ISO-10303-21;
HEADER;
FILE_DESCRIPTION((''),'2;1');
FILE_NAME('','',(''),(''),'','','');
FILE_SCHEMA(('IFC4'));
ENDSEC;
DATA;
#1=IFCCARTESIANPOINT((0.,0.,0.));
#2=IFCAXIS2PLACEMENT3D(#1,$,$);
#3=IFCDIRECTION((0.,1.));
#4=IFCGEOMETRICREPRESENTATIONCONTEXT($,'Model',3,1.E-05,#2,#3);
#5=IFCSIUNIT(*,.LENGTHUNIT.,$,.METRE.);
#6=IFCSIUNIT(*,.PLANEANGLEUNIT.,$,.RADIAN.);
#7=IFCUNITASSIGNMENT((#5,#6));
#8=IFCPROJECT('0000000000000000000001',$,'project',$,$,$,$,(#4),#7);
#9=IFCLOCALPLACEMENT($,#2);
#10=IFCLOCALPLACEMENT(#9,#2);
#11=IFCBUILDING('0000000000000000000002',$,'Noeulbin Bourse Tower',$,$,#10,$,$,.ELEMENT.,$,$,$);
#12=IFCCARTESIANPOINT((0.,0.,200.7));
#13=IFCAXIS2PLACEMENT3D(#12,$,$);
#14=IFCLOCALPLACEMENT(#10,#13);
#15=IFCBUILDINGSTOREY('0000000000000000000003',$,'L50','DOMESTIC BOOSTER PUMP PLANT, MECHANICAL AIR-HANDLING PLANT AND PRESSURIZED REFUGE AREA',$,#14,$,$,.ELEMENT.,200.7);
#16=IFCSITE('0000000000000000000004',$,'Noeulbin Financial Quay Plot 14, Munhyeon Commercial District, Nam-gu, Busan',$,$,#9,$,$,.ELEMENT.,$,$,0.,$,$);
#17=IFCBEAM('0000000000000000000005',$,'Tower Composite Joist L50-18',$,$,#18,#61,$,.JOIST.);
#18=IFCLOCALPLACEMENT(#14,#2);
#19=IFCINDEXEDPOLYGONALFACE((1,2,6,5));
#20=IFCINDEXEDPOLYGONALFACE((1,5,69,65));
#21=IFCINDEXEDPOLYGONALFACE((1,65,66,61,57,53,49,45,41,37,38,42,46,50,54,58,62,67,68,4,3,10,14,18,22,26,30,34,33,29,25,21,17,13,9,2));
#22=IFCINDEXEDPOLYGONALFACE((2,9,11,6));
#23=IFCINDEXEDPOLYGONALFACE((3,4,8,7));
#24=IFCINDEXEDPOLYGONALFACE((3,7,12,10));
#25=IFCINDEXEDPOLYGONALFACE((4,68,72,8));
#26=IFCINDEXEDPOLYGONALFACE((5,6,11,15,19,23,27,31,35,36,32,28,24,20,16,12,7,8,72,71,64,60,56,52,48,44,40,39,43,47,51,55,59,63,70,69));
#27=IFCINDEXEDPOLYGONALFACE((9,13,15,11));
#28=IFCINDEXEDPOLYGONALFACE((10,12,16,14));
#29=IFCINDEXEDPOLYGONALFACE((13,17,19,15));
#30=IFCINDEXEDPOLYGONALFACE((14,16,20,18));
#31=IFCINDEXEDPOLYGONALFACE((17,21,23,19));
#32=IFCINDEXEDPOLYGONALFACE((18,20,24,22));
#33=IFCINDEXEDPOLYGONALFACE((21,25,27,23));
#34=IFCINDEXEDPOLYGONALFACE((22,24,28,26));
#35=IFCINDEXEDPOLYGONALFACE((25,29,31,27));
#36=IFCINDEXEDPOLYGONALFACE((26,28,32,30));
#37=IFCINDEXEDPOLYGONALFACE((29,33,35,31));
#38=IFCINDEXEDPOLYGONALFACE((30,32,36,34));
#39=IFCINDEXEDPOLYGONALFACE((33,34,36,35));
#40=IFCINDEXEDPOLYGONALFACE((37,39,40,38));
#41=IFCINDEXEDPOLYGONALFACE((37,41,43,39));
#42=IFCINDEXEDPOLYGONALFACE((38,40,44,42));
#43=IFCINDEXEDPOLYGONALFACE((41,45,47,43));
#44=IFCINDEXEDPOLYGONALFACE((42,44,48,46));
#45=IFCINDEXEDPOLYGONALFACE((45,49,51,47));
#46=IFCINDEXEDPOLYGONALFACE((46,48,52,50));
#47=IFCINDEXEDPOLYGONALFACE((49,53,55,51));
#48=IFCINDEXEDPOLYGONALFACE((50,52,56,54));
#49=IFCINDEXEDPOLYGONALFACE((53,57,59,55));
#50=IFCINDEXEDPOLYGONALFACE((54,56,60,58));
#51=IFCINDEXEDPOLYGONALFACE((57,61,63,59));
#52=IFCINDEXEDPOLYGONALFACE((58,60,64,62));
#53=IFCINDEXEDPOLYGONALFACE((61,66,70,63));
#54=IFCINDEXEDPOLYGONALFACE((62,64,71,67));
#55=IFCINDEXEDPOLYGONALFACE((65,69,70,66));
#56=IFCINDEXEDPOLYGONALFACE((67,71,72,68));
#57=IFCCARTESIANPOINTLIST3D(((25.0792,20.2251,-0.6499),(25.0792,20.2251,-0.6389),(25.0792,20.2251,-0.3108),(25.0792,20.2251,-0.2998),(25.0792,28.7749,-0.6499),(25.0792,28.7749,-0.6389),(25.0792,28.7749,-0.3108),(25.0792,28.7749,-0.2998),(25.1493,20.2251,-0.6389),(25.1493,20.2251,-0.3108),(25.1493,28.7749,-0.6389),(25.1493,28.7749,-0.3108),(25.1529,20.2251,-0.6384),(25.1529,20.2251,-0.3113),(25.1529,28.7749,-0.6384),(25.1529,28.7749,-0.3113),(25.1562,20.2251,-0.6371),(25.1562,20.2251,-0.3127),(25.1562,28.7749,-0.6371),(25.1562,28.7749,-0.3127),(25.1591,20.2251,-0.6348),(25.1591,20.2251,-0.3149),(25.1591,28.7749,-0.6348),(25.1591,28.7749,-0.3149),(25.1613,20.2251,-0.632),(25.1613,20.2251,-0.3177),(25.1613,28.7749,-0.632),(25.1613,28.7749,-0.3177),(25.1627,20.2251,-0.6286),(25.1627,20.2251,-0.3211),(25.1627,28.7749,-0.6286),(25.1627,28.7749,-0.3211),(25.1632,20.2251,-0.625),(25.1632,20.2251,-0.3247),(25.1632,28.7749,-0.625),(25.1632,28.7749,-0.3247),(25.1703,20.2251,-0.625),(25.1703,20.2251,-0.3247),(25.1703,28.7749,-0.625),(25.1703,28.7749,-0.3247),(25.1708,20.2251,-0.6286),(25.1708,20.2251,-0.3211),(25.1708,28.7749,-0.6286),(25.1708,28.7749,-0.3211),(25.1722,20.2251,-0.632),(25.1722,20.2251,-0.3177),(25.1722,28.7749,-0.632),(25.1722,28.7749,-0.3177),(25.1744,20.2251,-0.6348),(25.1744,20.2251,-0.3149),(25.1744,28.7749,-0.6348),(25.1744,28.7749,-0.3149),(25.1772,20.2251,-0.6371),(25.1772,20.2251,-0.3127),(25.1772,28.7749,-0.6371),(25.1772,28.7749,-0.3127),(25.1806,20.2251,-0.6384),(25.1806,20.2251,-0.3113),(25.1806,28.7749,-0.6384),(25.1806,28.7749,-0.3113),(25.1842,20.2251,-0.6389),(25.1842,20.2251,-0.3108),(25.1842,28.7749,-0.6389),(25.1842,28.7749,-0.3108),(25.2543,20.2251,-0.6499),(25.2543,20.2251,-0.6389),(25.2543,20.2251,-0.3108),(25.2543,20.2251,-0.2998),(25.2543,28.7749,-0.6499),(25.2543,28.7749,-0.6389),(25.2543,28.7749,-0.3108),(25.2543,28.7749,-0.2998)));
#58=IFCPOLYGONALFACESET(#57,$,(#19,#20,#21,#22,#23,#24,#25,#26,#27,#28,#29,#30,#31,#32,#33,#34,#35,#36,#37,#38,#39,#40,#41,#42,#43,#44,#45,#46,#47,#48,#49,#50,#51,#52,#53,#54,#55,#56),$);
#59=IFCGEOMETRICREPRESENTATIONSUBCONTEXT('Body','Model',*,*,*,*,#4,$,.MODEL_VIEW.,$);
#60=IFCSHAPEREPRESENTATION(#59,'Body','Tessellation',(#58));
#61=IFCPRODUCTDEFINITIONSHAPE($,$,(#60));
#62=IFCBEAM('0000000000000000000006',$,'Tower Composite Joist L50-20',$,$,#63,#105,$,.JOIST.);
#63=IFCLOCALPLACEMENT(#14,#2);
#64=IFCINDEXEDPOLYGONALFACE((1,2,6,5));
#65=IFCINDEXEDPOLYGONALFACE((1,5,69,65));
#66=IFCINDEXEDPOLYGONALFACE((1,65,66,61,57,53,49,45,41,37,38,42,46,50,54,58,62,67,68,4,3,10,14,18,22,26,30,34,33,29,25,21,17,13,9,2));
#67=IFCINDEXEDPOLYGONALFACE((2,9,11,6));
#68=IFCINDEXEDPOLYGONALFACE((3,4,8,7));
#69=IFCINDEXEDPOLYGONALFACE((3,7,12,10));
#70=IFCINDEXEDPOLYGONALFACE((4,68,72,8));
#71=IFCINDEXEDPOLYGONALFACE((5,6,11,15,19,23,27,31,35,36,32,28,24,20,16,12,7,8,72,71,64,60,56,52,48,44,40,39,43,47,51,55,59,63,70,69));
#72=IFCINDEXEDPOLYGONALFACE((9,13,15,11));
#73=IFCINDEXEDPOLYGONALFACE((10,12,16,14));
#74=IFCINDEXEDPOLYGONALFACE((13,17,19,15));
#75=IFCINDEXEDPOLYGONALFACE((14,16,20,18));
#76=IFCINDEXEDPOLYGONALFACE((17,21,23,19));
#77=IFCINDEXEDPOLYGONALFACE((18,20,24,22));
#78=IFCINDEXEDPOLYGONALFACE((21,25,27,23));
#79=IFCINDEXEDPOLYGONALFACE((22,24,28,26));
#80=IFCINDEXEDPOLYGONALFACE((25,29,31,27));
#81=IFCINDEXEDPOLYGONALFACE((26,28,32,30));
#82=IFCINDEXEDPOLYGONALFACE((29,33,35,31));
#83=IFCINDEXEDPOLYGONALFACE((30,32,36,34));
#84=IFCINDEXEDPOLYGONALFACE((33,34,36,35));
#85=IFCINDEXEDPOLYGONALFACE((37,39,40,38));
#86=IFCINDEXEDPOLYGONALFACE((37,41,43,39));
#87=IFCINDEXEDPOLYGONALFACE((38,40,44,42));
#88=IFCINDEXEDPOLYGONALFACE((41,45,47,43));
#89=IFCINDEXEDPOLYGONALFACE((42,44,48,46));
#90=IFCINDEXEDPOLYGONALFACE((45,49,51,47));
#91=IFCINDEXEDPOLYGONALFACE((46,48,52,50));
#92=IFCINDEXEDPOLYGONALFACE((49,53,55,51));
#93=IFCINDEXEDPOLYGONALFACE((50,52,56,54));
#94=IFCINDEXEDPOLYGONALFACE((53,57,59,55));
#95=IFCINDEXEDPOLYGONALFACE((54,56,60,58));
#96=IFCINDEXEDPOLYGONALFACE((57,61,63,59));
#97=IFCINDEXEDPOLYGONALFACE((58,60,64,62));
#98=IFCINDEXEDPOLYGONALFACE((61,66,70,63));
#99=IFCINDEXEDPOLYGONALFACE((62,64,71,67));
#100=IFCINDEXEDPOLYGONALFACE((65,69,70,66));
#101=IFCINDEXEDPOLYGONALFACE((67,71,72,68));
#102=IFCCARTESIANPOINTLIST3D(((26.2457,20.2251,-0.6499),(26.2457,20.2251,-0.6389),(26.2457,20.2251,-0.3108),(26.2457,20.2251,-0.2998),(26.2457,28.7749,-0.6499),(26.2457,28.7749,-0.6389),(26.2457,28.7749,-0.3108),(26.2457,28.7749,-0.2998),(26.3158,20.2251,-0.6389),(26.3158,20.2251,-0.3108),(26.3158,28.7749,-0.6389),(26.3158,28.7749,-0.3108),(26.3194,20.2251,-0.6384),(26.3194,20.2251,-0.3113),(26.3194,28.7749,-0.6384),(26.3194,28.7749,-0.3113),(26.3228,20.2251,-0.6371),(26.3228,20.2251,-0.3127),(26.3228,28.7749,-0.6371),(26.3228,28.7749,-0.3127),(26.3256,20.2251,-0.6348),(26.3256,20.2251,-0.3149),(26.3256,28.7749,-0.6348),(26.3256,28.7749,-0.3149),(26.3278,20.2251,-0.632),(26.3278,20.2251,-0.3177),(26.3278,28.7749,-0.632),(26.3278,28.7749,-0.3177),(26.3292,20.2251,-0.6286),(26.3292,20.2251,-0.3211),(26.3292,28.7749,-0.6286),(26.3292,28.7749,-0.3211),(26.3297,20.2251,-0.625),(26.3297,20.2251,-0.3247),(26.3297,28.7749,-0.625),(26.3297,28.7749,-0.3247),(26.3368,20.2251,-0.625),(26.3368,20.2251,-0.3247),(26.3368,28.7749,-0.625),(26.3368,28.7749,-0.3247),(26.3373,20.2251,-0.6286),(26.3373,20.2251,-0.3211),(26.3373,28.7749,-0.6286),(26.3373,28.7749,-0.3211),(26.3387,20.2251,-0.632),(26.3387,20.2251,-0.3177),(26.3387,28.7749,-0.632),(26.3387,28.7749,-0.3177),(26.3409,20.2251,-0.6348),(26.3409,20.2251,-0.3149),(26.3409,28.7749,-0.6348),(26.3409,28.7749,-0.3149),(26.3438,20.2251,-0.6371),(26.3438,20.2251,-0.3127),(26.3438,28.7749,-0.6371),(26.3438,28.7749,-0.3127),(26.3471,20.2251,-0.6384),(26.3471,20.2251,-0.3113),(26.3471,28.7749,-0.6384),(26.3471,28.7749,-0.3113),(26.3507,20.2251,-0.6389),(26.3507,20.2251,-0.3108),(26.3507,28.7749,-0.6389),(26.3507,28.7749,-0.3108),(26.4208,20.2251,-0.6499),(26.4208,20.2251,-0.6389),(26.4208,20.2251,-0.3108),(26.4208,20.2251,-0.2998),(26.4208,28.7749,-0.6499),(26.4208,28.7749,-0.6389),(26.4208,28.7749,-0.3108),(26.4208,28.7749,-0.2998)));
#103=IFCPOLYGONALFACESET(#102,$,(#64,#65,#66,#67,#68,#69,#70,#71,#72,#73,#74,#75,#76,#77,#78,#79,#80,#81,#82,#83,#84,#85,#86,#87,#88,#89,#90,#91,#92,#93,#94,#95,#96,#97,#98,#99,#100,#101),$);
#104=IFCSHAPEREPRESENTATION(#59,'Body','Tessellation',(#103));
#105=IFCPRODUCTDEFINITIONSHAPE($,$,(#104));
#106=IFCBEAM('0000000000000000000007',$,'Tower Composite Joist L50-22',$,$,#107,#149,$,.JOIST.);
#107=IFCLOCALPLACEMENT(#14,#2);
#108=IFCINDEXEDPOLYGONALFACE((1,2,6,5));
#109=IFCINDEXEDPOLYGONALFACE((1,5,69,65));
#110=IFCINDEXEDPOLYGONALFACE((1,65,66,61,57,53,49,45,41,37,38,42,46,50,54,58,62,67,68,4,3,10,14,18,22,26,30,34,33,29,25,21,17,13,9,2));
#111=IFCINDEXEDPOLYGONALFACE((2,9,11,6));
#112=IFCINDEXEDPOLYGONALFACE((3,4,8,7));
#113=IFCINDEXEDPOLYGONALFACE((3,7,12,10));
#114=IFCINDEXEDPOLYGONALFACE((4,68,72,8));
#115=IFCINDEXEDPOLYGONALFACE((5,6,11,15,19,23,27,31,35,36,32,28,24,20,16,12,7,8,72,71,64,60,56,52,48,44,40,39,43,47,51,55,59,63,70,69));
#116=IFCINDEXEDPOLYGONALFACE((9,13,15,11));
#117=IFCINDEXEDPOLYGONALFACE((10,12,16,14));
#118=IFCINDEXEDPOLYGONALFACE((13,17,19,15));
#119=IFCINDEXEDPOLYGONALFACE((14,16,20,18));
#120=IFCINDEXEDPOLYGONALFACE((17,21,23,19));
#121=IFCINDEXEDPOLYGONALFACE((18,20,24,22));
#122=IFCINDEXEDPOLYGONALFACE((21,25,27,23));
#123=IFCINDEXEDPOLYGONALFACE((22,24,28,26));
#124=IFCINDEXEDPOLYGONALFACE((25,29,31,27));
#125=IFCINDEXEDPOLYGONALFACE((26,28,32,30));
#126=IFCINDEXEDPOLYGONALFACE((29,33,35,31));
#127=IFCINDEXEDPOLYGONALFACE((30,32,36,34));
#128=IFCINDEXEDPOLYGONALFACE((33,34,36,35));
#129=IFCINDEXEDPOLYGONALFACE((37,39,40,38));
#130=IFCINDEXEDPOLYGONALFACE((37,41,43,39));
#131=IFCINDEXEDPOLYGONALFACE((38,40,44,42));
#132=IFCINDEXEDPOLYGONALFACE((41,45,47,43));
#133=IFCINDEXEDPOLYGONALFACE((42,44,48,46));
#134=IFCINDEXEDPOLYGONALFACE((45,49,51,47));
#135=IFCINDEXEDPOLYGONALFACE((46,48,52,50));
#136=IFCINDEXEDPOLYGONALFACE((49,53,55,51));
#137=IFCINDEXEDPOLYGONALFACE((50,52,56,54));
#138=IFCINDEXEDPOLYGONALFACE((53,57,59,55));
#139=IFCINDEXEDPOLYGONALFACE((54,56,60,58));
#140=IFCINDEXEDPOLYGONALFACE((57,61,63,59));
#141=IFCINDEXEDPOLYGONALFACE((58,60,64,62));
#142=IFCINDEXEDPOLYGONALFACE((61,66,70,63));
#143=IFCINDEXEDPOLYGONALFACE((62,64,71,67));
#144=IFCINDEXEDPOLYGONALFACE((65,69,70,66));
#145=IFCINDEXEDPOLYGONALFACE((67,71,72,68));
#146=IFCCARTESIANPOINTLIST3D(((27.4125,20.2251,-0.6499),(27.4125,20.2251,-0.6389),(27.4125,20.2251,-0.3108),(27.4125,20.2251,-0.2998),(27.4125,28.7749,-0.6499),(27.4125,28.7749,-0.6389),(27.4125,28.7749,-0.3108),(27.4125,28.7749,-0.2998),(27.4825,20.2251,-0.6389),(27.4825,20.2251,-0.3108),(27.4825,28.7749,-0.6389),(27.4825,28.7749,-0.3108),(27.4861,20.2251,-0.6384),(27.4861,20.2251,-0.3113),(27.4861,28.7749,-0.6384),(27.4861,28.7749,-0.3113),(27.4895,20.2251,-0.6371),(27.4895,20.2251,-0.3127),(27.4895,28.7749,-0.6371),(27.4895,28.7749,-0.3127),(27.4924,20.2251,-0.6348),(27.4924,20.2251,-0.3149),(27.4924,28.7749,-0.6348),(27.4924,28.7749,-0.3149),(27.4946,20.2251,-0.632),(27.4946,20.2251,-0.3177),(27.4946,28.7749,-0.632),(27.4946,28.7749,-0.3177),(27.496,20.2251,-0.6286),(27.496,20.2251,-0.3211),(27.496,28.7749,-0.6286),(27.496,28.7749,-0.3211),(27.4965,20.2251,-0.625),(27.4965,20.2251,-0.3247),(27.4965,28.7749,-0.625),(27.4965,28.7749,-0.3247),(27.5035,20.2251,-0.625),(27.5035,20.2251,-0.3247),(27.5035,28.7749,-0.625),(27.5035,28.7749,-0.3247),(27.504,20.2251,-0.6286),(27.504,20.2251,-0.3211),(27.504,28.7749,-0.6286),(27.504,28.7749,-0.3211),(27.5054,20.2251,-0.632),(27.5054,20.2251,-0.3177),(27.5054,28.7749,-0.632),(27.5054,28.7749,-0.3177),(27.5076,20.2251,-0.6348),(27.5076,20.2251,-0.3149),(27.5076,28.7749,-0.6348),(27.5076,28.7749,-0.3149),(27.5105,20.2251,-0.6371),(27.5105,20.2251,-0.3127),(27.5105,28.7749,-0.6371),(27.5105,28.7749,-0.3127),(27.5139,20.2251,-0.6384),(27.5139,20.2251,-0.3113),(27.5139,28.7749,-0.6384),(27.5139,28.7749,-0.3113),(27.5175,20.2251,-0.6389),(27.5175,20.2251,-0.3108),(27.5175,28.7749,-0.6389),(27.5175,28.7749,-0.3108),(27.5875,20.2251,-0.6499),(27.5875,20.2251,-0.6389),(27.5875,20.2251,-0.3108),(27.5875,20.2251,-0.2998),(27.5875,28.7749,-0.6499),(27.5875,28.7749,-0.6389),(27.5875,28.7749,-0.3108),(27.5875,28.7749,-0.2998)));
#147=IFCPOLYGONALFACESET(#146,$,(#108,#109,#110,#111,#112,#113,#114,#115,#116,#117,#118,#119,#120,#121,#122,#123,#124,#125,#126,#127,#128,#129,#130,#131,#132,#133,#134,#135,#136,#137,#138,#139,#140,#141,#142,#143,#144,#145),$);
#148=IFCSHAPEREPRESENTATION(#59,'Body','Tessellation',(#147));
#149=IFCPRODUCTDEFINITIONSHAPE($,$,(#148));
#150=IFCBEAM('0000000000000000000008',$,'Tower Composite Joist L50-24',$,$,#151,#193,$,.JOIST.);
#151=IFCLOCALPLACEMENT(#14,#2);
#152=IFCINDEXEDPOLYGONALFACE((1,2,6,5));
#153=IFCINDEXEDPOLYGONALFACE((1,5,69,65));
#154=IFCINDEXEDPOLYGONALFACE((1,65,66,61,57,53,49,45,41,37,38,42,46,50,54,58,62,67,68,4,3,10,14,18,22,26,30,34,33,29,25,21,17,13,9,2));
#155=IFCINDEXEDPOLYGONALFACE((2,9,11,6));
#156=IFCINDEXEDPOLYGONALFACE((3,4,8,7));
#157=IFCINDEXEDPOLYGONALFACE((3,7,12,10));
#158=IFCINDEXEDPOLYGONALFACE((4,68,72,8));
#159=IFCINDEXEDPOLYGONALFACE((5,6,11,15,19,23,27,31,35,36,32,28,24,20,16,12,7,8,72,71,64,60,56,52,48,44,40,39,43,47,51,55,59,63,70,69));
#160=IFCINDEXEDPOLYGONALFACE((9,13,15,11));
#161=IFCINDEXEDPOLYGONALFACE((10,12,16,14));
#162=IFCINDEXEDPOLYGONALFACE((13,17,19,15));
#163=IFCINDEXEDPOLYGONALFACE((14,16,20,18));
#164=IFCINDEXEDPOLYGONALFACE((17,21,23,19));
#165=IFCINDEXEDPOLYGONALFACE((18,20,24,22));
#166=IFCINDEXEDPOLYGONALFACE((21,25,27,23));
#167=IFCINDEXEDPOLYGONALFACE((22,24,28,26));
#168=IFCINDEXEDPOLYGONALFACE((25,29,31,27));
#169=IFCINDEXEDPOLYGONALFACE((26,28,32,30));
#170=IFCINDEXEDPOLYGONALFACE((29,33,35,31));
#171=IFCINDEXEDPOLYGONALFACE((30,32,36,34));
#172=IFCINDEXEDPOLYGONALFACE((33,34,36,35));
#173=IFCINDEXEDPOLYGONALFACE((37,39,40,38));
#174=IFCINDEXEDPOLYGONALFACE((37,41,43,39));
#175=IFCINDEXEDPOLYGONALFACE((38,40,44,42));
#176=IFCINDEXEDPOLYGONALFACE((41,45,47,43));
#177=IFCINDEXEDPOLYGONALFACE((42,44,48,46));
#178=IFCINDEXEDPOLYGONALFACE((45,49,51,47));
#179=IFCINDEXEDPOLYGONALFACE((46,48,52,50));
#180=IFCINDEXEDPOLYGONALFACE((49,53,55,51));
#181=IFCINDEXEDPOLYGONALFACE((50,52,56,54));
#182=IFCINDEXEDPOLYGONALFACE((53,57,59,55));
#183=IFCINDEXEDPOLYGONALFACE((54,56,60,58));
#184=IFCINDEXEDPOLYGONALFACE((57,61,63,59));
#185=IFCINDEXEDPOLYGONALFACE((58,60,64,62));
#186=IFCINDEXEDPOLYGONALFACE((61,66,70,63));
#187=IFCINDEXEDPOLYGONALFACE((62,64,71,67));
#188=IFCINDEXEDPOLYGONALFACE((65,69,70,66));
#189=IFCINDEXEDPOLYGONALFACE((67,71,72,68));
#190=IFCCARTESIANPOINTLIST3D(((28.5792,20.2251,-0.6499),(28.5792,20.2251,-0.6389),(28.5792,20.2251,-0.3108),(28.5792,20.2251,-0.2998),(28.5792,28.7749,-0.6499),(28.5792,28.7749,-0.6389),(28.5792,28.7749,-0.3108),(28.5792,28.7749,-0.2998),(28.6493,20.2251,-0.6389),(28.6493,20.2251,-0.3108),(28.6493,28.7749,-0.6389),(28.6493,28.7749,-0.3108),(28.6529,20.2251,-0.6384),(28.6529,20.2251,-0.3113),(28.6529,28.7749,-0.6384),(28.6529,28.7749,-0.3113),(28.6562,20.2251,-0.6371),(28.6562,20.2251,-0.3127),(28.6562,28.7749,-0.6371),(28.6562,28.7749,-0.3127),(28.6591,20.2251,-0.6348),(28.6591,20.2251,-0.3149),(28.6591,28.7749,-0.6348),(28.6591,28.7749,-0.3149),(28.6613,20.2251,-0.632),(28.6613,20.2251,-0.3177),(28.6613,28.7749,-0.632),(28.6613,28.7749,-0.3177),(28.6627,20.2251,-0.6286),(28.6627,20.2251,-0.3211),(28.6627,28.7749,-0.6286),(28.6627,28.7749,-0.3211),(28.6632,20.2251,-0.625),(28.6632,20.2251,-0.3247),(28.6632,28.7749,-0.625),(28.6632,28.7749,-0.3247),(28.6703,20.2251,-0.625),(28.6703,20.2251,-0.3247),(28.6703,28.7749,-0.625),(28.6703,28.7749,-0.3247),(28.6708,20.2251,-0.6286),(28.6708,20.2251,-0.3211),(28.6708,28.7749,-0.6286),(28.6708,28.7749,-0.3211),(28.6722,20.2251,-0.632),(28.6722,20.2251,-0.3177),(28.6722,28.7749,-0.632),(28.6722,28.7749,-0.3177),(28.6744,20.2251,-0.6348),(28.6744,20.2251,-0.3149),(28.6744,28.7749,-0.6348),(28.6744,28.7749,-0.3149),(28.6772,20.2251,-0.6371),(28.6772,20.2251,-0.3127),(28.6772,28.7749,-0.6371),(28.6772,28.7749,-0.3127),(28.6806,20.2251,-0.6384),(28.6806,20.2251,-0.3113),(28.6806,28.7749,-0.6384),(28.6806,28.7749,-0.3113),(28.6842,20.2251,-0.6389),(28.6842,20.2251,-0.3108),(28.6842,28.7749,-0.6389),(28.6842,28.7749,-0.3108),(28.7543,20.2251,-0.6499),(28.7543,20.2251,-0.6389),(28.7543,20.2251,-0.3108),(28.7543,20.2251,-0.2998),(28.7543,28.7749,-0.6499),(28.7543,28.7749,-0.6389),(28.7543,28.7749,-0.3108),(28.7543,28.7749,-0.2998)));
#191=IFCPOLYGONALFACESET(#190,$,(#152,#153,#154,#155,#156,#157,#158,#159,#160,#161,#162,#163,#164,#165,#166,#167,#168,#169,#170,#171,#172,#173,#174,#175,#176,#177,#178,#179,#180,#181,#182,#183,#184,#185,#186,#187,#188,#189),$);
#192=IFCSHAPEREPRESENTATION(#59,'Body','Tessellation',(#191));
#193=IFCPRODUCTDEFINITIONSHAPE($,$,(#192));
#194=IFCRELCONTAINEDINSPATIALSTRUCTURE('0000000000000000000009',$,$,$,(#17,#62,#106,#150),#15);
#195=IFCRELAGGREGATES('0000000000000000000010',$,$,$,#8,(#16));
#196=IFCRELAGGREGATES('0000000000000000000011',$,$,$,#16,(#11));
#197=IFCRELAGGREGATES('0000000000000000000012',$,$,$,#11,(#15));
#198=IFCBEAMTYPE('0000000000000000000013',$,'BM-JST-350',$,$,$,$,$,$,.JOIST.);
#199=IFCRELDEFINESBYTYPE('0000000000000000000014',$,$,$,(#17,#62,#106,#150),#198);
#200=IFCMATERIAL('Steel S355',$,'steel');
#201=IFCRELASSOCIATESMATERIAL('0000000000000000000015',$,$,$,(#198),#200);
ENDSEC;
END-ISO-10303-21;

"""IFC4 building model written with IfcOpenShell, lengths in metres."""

from ifc_helpers import new_model, si_unit, direction, frame, origin, origin_2d, place, context, subcontext, project, spatial, i_section, extrude, material, material_profile, profile_set, type_object, element, save


model = new_model("IFC4")

# Units and contexts
model_context = context("Model", 3, precision=1e-05, world=origin(), true_north=direction((0.0, 1.0)))
body_context = subcontext(model_context, "Body", "Model", "MODEL_VIEW")
ifc_project = project(units=[si_unit("LENGTHUNIT", "METRE"), si_unit("PLANEANGLEUNIT", "RADIAN")], contexts=[model_context])

# Site, building, storey
site_placement = place(None, origin())
site = spatial("IfcSite", under=ifc_project, at=site_placement, Name="Noeulbin Financial Quay Plot 14, Munhyeon Commercial District, Nam-gu, Busan", CompositionType="ELEMENT", RefElevation=0.0)
building_placement = place(site_placement, origin())
building = spatial("IfcBuilding", under=site, at=building_placement, Name="Noeulbin Bourse Tower", CompositionType="ELEMENT")
storey_placement = place(building_placement, frame((0.0, 0.0, 200.7)))
storey = spatial("IfcBuildingStorey", under=building, at=storey_placement, Name="L50", Description="DOMESTIC BOOSTER PUMP PLANT, MECHANICAL AIR-HANDLING PLANT AND PRESSURIZED REFUGE AREA", CompositionType="ELEMENT", Elevation=200.7)

# Beams
ifc_material_1 = material(Name="Steel S355", Category="steel")
ifc_material_profile_1 = material_profile(ifc_material_1, i_section(OverallWidth=0.175, OverallDepth=0.3501, WebThickness=0.0071, FlangeThickness=0.011, FilletRadius=0.0139, at=origin_2d()), Name="H-350x175x7x11", Category="LoadBearing")
ifc_profile_set_1 = profile_set([ifc_material_profile_1], Name="Steel S355")
beam_type_1 = type_object("IfcBeamType", Name="BM-JST-350", PredefinedType="JOIST", material=ifc_profile_set_1)
for number, where, z_axis, x_axis, name in (
    (1, (25.1667, 20.2251, -0.4749), (0.0, 1.0, 0.0), (-1.0, 0.0, 0.0), "Tower Composite Joist L50-18"),
    (2, (26.3333, 20.2251, -0.4749), (0.0, 1.0, 0.0), (-1.0, 0.0, 0.0), "Tower Composite Joist L50-20"),
    (3, (27.5, 20.2251, -0.4749), (0.0, 1.0, 0.0), (-1.0, 0.0, 0.0), "Tower Composite Joist L50-22"),
    (4, (28.6667, 20.2251, -0.4749), (0.0, 1.0, 0.0), (-1.0, 0.0, 0.0), "Tower Composite Joist L50-24"),
):
    element("IfcBeam", number, at=place(storey_placement, frame(where, z_axis=z_axis, x_axis=x_axis)), inside=storey, type_object=beam_type_1, Name=name, PredefinedType="JOIST", context=body_context, shape_type="SweptSolid", body=[
        extrude(i_section(OverallWidth=0.175, OverallDepth=0.3501, WebThickness=0.0071, FlangeThickness=0.011, FilletRadius=0.0139, at=origin_2d()), origin(), (0.0, 0.0, 1.0), 8.5498),
    ])

save(model, "model.ifc")
